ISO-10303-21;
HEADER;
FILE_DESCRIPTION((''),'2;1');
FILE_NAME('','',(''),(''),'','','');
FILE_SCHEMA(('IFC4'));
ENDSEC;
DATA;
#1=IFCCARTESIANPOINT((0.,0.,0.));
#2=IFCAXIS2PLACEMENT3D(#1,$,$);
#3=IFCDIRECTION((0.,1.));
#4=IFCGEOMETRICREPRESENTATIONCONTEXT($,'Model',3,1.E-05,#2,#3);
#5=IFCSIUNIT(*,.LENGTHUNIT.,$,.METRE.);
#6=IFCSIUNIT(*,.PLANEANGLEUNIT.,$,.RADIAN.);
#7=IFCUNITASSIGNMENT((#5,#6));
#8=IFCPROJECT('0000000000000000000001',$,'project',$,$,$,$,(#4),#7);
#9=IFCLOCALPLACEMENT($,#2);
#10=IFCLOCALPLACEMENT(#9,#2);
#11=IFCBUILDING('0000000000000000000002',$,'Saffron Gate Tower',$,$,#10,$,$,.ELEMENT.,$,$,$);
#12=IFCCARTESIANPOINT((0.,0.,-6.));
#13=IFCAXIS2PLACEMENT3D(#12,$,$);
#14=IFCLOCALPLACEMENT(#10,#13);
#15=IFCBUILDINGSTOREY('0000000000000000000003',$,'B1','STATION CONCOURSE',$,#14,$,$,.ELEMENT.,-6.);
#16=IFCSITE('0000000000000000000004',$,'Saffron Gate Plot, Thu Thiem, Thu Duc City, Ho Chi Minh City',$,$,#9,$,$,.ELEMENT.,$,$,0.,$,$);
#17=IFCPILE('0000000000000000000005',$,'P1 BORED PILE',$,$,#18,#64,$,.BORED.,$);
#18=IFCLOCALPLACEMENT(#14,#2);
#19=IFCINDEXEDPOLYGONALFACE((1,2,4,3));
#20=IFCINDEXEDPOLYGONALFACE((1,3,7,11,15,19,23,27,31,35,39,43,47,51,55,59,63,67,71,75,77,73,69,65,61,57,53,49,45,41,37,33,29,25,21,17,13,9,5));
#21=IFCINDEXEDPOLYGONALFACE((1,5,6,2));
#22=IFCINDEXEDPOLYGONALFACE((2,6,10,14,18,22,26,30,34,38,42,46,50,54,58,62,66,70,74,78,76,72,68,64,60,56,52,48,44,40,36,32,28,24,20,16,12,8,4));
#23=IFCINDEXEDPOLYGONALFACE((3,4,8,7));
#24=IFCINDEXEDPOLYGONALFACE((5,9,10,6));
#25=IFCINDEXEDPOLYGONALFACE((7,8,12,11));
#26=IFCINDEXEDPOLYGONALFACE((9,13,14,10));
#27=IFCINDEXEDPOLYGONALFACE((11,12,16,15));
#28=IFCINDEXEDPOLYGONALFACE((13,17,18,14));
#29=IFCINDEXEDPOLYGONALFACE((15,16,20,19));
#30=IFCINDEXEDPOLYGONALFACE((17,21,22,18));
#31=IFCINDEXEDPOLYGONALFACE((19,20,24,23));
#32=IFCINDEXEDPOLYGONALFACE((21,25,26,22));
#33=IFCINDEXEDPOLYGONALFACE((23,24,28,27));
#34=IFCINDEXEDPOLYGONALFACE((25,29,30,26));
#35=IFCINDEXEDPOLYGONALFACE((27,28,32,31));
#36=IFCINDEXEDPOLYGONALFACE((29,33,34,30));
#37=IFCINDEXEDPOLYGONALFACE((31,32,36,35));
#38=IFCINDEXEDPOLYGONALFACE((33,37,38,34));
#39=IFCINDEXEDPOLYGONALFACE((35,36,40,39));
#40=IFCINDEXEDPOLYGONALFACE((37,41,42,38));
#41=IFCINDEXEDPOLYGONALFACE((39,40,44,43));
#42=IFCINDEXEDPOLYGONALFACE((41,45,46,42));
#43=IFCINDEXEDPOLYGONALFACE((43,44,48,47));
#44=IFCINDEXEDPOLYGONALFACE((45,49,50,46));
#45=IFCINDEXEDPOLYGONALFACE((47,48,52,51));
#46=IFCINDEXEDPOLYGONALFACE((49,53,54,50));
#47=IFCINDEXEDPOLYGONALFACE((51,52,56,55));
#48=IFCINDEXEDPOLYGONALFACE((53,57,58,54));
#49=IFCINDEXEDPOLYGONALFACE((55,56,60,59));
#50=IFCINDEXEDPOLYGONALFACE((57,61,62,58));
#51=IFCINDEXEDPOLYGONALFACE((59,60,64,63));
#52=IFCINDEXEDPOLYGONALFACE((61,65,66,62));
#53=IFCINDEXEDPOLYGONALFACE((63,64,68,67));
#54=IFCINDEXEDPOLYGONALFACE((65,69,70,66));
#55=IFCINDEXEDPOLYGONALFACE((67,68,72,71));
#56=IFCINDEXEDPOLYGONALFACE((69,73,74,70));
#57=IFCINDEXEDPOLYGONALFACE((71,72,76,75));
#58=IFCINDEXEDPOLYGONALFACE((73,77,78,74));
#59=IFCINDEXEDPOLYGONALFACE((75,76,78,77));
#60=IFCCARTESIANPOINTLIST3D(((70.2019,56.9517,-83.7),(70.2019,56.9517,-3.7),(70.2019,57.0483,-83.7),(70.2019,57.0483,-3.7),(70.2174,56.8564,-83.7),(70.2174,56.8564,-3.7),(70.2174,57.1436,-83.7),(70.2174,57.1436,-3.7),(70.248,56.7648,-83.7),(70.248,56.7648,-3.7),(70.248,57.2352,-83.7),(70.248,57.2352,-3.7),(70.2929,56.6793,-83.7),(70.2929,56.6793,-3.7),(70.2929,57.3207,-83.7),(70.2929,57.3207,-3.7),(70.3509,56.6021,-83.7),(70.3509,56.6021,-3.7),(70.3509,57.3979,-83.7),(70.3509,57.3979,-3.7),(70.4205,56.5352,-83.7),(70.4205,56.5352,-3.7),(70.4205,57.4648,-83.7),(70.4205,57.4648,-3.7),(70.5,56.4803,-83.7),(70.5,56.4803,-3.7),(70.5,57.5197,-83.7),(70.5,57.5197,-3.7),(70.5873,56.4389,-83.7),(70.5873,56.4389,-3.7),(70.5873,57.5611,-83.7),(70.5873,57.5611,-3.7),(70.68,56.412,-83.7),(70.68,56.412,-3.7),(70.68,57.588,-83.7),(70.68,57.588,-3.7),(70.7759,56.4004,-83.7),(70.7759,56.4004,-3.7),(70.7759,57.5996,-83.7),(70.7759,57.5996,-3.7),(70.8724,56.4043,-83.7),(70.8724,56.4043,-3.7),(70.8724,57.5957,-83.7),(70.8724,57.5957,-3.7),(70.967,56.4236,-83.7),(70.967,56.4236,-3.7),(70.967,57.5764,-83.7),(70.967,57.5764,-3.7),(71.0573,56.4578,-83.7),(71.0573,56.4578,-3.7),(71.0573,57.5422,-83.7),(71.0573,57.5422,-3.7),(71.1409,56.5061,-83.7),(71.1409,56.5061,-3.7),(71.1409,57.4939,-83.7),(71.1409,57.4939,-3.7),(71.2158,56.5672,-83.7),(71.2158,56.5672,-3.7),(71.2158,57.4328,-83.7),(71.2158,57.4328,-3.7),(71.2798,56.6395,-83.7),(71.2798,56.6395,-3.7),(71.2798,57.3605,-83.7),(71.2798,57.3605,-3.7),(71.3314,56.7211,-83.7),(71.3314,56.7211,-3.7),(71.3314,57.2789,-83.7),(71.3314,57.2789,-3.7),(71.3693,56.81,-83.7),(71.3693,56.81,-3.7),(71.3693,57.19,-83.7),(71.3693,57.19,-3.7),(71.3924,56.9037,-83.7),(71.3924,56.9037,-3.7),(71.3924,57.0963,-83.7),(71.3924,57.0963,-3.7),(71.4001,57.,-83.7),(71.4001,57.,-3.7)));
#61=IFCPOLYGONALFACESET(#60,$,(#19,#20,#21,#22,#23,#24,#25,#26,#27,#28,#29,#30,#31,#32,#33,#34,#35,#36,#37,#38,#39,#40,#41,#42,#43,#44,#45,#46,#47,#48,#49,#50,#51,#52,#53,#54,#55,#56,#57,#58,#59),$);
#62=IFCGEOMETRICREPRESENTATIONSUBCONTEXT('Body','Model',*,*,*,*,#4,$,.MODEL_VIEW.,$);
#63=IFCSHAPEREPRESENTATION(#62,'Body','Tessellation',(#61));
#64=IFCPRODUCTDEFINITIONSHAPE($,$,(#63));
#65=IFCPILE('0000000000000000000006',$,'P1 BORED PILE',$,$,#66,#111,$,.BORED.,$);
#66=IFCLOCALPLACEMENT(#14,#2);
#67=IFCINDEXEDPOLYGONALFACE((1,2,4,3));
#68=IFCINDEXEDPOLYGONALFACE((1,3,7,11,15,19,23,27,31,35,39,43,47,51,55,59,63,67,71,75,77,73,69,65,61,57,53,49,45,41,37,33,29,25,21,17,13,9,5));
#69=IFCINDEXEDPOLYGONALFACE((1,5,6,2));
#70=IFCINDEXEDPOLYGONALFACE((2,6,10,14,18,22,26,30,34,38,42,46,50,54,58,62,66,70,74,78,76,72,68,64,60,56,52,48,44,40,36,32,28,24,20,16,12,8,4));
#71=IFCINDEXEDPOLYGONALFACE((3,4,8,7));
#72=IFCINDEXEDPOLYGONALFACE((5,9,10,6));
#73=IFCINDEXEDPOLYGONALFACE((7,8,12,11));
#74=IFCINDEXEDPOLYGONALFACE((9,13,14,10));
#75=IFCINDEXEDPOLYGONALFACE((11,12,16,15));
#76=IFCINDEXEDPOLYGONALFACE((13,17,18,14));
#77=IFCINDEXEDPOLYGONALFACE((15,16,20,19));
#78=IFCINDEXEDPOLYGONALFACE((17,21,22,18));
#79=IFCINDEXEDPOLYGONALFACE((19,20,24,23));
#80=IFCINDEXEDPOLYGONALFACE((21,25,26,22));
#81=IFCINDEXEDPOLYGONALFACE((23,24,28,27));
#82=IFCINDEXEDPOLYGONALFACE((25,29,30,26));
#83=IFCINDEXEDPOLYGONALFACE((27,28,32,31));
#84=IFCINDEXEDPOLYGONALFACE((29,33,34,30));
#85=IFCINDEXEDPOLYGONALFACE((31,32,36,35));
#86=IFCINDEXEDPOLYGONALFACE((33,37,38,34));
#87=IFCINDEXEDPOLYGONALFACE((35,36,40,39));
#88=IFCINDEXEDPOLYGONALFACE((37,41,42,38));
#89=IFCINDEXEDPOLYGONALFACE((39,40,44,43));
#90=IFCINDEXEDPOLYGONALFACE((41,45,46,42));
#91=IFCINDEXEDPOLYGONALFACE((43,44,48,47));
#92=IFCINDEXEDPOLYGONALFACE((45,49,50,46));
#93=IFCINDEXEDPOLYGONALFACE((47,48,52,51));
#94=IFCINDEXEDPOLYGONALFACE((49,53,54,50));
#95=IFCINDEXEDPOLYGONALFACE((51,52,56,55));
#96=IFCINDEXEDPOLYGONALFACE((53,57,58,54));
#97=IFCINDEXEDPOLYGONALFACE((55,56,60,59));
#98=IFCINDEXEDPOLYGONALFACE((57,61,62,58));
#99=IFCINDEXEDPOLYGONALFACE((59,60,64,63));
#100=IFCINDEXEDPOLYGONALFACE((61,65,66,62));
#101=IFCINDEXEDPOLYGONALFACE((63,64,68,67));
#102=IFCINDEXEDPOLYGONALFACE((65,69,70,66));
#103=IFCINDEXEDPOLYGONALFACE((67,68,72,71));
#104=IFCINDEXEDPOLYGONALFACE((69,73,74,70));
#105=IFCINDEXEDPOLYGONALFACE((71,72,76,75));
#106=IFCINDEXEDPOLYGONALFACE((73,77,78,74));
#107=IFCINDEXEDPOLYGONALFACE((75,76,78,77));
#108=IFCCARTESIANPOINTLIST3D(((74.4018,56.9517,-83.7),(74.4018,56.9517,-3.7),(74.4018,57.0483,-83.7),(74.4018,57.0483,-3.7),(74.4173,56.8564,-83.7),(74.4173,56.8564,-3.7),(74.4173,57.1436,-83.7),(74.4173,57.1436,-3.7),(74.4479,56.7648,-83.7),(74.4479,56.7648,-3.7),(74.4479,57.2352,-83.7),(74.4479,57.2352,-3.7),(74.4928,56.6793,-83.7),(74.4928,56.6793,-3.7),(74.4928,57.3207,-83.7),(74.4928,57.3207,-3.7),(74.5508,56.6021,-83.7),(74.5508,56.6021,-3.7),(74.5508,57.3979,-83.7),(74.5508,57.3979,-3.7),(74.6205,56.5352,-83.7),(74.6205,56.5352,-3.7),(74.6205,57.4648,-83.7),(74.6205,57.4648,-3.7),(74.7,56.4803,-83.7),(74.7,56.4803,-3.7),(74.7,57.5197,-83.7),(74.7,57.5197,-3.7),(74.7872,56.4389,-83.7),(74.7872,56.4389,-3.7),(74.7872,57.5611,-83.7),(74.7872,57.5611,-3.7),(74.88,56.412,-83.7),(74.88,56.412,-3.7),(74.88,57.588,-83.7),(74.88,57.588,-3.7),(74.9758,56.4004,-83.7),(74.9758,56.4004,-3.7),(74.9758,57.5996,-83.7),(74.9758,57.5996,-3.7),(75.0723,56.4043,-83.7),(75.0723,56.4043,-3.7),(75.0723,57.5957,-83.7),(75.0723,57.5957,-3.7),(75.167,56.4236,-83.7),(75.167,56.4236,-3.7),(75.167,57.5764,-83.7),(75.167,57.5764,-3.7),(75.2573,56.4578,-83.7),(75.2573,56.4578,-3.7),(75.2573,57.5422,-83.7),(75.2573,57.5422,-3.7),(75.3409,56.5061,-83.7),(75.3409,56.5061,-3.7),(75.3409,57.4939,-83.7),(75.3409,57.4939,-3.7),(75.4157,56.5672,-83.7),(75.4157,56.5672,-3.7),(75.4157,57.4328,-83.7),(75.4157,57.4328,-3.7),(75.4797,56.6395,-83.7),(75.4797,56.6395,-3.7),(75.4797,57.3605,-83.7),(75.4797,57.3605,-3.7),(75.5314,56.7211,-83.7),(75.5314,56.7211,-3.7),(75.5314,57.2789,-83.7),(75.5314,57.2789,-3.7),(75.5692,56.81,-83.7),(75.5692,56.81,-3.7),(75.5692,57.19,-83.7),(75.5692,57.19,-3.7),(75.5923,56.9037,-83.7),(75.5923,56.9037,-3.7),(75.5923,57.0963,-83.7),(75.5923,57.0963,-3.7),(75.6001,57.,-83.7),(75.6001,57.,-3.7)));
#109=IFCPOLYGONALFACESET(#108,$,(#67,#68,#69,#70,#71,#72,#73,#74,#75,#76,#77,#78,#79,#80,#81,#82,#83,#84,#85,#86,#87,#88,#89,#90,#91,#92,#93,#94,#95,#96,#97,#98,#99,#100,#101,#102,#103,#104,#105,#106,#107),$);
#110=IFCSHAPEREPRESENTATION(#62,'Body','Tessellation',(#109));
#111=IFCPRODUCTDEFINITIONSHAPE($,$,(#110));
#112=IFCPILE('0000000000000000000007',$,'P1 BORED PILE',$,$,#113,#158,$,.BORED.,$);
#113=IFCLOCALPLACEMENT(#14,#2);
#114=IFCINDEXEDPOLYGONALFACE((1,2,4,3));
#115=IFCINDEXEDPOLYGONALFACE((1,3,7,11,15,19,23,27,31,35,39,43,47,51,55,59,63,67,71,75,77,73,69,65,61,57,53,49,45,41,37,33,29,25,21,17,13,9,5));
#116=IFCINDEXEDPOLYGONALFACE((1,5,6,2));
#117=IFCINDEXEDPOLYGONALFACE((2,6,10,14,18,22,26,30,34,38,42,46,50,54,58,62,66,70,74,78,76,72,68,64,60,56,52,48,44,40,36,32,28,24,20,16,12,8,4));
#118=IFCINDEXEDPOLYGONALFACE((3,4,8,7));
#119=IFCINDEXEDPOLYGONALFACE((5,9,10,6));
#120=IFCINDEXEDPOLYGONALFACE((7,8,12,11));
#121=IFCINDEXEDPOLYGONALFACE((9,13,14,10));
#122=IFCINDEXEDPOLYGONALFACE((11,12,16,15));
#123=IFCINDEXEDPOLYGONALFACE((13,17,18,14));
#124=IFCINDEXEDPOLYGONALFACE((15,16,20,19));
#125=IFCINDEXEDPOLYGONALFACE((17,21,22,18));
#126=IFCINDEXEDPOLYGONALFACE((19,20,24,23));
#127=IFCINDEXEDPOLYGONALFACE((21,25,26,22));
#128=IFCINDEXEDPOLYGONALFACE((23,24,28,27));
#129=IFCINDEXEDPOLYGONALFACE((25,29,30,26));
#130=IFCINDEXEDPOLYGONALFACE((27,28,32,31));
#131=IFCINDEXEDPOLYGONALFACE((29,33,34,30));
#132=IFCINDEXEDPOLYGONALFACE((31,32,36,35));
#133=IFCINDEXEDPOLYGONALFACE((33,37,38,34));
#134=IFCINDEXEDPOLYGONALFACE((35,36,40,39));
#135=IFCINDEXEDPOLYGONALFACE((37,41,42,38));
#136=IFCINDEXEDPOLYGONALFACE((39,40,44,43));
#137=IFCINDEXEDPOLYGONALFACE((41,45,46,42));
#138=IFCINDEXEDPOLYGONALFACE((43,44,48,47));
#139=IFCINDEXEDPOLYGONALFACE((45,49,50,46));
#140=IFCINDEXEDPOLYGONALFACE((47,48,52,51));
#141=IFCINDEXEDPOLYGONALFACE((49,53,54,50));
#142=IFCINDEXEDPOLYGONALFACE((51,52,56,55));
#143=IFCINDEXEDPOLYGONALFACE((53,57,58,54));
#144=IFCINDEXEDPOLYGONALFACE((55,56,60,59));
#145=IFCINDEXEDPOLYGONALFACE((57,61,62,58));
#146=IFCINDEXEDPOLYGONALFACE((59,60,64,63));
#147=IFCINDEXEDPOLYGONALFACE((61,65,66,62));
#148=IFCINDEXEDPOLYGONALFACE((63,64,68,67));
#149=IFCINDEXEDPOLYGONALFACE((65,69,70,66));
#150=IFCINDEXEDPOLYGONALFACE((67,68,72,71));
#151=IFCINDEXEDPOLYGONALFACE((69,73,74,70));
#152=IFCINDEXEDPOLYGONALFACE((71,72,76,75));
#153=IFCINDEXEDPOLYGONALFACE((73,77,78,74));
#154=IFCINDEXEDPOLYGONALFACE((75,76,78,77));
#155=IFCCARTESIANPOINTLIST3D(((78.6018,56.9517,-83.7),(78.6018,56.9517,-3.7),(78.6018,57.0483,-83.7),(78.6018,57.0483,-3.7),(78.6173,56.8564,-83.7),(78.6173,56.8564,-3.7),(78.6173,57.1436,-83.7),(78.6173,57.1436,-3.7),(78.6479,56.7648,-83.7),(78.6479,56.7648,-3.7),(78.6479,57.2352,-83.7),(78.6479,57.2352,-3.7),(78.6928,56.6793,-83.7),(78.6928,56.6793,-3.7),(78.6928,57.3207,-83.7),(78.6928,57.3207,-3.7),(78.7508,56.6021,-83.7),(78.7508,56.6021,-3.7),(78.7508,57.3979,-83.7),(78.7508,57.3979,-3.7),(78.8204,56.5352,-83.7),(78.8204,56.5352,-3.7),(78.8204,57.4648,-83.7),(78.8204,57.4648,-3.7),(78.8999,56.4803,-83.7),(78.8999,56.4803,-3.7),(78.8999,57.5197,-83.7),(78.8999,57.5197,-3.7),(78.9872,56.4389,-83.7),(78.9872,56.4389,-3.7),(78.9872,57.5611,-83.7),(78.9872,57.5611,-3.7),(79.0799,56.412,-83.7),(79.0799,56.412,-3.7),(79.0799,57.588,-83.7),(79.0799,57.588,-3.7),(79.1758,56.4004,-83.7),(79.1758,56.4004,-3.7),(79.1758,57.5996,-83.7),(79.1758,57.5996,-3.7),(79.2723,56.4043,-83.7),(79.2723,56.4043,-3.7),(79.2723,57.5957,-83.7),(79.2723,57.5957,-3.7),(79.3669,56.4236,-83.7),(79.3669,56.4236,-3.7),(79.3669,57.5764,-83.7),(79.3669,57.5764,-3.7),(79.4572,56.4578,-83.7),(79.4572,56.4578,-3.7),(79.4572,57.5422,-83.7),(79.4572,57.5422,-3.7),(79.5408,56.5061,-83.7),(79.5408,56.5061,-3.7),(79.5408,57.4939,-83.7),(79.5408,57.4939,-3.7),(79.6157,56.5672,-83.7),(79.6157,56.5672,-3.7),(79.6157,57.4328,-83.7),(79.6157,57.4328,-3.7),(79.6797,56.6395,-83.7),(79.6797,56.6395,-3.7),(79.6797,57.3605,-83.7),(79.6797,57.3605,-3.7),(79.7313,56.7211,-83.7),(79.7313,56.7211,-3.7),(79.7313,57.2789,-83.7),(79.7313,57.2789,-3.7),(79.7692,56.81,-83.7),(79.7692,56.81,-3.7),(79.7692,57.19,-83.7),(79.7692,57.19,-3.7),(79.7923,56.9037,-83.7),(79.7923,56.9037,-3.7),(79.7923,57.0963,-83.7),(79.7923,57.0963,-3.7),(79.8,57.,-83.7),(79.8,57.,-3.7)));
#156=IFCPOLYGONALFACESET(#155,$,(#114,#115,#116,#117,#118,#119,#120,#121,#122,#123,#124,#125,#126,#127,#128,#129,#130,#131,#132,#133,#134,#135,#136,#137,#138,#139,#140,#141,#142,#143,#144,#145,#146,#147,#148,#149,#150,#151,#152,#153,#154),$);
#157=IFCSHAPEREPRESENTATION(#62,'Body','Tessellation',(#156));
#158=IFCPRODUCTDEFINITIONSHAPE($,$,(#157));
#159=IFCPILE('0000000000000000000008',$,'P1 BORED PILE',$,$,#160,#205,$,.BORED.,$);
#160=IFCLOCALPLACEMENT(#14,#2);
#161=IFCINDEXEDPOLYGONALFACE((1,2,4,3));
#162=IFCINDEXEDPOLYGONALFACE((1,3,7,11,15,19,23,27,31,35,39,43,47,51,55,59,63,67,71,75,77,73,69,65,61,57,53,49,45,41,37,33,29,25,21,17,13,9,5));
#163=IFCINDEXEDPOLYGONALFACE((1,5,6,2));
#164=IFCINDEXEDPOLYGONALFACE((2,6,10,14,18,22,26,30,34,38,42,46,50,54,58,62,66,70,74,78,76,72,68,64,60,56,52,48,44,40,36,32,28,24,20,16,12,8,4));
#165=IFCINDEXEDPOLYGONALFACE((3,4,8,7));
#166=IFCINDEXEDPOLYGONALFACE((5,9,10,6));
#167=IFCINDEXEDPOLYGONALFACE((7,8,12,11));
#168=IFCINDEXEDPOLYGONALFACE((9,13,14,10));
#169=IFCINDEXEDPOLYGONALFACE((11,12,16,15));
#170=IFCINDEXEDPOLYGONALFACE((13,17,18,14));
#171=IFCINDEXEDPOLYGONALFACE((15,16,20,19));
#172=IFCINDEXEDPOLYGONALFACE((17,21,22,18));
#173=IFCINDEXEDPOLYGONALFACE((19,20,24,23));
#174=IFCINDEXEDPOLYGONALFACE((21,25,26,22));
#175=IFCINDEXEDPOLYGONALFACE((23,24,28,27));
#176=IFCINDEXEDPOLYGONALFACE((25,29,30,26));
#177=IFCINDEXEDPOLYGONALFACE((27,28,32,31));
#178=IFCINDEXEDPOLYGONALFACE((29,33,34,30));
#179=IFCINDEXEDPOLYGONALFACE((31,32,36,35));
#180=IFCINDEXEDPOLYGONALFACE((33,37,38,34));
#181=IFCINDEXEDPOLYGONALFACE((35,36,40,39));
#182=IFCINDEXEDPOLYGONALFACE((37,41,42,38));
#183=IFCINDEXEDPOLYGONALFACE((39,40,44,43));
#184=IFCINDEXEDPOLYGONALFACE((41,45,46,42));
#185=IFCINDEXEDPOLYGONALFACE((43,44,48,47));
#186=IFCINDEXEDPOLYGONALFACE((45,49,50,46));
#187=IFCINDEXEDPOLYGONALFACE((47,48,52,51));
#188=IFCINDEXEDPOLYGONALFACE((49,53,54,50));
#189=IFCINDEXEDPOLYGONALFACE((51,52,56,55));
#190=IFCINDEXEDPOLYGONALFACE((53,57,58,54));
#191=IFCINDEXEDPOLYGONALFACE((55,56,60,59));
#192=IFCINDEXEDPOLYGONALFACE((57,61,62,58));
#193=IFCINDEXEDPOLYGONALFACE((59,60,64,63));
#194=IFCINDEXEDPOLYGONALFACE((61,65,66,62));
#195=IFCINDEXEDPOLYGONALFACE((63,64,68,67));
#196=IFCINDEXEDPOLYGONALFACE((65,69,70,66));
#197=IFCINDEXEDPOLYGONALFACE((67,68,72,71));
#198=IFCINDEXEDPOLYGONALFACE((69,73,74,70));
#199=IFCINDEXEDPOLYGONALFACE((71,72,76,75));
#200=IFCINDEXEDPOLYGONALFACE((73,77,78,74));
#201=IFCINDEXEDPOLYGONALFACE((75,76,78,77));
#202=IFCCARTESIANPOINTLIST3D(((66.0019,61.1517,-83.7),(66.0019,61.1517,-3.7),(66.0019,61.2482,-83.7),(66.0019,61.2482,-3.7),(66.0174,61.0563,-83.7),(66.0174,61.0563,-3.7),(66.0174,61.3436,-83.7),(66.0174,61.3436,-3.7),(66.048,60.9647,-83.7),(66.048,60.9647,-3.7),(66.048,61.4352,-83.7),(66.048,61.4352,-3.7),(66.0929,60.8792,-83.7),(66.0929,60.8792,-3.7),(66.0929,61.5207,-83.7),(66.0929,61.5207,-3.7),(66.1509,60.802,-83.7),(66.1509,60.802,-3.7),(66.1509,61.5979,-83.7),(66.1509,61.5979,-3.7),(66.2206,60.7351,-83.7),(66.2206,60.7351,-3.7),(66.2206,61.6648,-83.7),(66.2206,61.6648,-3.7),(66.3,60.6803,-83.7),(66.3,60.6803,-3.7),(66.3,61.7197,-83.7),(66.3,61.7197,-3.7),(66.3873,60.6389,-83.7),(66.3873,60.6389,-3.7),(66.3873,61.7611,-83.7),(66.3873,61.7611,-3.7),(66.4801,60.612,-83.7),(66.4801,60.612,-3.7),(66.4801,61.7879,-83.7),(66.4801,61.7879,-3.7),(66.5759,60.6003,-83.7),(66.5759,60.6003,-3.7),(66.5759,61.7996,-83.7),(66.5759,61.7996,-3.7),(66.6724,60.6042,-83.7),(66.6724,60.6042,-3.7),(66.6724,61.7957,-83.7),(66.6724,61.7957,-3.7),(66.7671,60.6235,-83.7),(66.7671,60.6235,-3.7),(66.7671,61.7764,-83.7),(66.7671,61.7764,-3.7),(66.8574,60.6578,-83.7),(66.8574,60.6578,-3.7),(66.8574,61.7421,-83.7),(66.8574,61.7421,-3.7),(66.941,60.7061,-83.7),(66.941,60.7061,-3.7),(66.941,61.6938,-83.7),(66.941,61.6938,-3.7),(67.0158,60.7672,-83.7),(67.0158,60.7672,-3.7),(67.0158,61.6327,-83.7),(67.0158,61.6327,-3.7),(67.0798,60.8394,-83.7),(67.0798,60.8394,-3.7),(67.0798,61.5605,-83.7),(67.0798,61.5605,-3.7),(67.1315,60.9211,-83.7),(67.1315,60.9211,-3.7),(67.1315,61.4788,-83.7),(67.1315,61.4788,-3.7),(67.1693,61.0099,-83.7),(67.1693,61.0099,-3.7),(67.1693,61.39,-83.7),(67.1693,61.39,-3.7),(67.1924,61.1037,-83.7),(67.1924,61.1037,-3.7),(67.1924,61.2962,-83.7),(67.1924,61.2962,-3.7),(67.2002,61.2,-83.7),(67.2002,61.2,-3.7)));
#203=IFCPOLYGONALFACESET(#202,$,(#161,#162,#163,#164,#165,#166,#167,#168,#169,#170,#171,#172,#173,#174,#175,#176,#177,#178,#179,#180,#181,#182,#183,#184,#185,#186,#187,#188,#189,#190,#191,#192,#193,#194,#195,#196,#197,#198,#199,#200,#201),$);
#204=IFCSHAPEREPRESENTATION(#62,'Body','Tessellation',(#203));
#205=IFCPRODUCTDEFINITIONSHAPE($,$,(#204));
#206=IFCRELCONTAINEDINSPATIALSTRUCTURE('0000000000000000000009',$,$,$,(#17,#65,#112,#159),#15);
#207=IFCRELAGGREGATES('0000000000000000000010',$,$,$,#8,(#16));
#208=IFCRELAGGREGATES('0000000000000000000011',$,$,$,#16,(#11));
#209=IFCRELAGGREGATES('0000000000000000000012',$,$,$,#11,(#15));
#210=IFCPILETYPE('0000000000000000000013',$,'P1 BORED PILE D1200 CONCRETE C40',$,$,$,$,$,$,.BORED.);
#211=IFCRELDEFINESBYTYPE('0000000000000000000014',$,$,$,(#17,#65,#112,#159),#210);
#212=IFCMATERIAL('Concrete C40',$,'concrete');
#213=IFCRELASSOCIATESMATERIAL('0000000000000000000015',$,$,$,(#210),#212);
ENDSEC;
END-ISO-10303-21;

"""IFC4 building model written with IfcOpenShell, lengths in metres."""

from ifc_helpers import new_model, si_unit, direction, frame, origin, origin_2d, place, context, subcontext, project, spatial, circle, extrude, material, material_profile, profile_set, type_object, element, save


model = new_model("IFC4")

# Units and contexts
model_context = context("Model", 3, precision=1e-05, world=origin(), true_north=direction((0.0, 1.0)))
body_context = subcontext(model_context, "Body", "Model", "MODEL_VIEW")
ifc_project = project(units=[si_unit("LENGTHUNIT", "METRE"), si_unit("PLANEANGLEUNIT", "RADIAN")], contexts=[model_context])

# Site, building, storey
site_placement = place(None, origin())
site = spatial("IfcSite", under=ifc_project, at=site_placement, Name="Saffron Gate Plot, Thu Thiem, Thu Duc City, Ho Chi Minh City", CompositionType="ELEMENT", RefElevation=0.0)
building_placement = place(site_placement, origin())
building = spatial("IfcBuilding", under=site, at=building_placement, Name="Saffron Gate Tower", CompositionType="ELEMENT")
storey_placement = place(building_placement, frame((0.0, 0.0, -6.0)))
storey = spatial("IfcBuildingStorey", under=building, at=storey_placement, Name="B1", Description="STATION CONCOURSE", CompositionType="ELEMENT", Elevation=-6.0)

# Piles
ifc_material_1 = material(Name="Concrete C40", Category="concrete")
ifc_material_profile = material_profile(ifc_material_1, circle(Radius=0.6001, at=origin_2d()))
ifc_profile_set = profile_set([ifc_material_profile], Name="Concrete C40")
pile_type = type_object("IfcPileType", Name="P1 BORED PILE D1200 CONCRETE C40", PredefinedType="BORED", material=ifc_profile_set)
for number, where, z_axis, x_axis, name in (
    (1, (70.8, 57.0, -3.7), (0.0, 0.0, -1.0), (1.0, 0.0, 0.0), "P1 BORED PILE"),
    (2, (75.0, 57.0, -3.7), (0.0, 0.0, -1.0), (1.0, 0.0, 0.0), "P1 BORED PILE"),
    (3, (79.2, 57.0, -3.7), (0.0, 0.0, -1.0), (1.0, 0.0, 0.0), "P1 BORED PILE"),
    (4, (66.6001, 61.2, -3.7), (0.0, 0.0, -1.0), (1.0, 0.0, 0.0), "P1 BORED PILE"),
):
    element("IfcPile", number, at=place(storey_placement, frame(where, z_axis=z_axis, x_axis=x_axis)), inside=storey, type_object=pile_type, Name=name, PredefinedType="BORED", context=body_context, shape_type="SweptSolid", body=[
        extrude(circle(Radius=0.6001, at=origin_2d()), origin(), (0.0, 0.0, 1.0), 80.0),
    ])

save(model, "model.ifc")
